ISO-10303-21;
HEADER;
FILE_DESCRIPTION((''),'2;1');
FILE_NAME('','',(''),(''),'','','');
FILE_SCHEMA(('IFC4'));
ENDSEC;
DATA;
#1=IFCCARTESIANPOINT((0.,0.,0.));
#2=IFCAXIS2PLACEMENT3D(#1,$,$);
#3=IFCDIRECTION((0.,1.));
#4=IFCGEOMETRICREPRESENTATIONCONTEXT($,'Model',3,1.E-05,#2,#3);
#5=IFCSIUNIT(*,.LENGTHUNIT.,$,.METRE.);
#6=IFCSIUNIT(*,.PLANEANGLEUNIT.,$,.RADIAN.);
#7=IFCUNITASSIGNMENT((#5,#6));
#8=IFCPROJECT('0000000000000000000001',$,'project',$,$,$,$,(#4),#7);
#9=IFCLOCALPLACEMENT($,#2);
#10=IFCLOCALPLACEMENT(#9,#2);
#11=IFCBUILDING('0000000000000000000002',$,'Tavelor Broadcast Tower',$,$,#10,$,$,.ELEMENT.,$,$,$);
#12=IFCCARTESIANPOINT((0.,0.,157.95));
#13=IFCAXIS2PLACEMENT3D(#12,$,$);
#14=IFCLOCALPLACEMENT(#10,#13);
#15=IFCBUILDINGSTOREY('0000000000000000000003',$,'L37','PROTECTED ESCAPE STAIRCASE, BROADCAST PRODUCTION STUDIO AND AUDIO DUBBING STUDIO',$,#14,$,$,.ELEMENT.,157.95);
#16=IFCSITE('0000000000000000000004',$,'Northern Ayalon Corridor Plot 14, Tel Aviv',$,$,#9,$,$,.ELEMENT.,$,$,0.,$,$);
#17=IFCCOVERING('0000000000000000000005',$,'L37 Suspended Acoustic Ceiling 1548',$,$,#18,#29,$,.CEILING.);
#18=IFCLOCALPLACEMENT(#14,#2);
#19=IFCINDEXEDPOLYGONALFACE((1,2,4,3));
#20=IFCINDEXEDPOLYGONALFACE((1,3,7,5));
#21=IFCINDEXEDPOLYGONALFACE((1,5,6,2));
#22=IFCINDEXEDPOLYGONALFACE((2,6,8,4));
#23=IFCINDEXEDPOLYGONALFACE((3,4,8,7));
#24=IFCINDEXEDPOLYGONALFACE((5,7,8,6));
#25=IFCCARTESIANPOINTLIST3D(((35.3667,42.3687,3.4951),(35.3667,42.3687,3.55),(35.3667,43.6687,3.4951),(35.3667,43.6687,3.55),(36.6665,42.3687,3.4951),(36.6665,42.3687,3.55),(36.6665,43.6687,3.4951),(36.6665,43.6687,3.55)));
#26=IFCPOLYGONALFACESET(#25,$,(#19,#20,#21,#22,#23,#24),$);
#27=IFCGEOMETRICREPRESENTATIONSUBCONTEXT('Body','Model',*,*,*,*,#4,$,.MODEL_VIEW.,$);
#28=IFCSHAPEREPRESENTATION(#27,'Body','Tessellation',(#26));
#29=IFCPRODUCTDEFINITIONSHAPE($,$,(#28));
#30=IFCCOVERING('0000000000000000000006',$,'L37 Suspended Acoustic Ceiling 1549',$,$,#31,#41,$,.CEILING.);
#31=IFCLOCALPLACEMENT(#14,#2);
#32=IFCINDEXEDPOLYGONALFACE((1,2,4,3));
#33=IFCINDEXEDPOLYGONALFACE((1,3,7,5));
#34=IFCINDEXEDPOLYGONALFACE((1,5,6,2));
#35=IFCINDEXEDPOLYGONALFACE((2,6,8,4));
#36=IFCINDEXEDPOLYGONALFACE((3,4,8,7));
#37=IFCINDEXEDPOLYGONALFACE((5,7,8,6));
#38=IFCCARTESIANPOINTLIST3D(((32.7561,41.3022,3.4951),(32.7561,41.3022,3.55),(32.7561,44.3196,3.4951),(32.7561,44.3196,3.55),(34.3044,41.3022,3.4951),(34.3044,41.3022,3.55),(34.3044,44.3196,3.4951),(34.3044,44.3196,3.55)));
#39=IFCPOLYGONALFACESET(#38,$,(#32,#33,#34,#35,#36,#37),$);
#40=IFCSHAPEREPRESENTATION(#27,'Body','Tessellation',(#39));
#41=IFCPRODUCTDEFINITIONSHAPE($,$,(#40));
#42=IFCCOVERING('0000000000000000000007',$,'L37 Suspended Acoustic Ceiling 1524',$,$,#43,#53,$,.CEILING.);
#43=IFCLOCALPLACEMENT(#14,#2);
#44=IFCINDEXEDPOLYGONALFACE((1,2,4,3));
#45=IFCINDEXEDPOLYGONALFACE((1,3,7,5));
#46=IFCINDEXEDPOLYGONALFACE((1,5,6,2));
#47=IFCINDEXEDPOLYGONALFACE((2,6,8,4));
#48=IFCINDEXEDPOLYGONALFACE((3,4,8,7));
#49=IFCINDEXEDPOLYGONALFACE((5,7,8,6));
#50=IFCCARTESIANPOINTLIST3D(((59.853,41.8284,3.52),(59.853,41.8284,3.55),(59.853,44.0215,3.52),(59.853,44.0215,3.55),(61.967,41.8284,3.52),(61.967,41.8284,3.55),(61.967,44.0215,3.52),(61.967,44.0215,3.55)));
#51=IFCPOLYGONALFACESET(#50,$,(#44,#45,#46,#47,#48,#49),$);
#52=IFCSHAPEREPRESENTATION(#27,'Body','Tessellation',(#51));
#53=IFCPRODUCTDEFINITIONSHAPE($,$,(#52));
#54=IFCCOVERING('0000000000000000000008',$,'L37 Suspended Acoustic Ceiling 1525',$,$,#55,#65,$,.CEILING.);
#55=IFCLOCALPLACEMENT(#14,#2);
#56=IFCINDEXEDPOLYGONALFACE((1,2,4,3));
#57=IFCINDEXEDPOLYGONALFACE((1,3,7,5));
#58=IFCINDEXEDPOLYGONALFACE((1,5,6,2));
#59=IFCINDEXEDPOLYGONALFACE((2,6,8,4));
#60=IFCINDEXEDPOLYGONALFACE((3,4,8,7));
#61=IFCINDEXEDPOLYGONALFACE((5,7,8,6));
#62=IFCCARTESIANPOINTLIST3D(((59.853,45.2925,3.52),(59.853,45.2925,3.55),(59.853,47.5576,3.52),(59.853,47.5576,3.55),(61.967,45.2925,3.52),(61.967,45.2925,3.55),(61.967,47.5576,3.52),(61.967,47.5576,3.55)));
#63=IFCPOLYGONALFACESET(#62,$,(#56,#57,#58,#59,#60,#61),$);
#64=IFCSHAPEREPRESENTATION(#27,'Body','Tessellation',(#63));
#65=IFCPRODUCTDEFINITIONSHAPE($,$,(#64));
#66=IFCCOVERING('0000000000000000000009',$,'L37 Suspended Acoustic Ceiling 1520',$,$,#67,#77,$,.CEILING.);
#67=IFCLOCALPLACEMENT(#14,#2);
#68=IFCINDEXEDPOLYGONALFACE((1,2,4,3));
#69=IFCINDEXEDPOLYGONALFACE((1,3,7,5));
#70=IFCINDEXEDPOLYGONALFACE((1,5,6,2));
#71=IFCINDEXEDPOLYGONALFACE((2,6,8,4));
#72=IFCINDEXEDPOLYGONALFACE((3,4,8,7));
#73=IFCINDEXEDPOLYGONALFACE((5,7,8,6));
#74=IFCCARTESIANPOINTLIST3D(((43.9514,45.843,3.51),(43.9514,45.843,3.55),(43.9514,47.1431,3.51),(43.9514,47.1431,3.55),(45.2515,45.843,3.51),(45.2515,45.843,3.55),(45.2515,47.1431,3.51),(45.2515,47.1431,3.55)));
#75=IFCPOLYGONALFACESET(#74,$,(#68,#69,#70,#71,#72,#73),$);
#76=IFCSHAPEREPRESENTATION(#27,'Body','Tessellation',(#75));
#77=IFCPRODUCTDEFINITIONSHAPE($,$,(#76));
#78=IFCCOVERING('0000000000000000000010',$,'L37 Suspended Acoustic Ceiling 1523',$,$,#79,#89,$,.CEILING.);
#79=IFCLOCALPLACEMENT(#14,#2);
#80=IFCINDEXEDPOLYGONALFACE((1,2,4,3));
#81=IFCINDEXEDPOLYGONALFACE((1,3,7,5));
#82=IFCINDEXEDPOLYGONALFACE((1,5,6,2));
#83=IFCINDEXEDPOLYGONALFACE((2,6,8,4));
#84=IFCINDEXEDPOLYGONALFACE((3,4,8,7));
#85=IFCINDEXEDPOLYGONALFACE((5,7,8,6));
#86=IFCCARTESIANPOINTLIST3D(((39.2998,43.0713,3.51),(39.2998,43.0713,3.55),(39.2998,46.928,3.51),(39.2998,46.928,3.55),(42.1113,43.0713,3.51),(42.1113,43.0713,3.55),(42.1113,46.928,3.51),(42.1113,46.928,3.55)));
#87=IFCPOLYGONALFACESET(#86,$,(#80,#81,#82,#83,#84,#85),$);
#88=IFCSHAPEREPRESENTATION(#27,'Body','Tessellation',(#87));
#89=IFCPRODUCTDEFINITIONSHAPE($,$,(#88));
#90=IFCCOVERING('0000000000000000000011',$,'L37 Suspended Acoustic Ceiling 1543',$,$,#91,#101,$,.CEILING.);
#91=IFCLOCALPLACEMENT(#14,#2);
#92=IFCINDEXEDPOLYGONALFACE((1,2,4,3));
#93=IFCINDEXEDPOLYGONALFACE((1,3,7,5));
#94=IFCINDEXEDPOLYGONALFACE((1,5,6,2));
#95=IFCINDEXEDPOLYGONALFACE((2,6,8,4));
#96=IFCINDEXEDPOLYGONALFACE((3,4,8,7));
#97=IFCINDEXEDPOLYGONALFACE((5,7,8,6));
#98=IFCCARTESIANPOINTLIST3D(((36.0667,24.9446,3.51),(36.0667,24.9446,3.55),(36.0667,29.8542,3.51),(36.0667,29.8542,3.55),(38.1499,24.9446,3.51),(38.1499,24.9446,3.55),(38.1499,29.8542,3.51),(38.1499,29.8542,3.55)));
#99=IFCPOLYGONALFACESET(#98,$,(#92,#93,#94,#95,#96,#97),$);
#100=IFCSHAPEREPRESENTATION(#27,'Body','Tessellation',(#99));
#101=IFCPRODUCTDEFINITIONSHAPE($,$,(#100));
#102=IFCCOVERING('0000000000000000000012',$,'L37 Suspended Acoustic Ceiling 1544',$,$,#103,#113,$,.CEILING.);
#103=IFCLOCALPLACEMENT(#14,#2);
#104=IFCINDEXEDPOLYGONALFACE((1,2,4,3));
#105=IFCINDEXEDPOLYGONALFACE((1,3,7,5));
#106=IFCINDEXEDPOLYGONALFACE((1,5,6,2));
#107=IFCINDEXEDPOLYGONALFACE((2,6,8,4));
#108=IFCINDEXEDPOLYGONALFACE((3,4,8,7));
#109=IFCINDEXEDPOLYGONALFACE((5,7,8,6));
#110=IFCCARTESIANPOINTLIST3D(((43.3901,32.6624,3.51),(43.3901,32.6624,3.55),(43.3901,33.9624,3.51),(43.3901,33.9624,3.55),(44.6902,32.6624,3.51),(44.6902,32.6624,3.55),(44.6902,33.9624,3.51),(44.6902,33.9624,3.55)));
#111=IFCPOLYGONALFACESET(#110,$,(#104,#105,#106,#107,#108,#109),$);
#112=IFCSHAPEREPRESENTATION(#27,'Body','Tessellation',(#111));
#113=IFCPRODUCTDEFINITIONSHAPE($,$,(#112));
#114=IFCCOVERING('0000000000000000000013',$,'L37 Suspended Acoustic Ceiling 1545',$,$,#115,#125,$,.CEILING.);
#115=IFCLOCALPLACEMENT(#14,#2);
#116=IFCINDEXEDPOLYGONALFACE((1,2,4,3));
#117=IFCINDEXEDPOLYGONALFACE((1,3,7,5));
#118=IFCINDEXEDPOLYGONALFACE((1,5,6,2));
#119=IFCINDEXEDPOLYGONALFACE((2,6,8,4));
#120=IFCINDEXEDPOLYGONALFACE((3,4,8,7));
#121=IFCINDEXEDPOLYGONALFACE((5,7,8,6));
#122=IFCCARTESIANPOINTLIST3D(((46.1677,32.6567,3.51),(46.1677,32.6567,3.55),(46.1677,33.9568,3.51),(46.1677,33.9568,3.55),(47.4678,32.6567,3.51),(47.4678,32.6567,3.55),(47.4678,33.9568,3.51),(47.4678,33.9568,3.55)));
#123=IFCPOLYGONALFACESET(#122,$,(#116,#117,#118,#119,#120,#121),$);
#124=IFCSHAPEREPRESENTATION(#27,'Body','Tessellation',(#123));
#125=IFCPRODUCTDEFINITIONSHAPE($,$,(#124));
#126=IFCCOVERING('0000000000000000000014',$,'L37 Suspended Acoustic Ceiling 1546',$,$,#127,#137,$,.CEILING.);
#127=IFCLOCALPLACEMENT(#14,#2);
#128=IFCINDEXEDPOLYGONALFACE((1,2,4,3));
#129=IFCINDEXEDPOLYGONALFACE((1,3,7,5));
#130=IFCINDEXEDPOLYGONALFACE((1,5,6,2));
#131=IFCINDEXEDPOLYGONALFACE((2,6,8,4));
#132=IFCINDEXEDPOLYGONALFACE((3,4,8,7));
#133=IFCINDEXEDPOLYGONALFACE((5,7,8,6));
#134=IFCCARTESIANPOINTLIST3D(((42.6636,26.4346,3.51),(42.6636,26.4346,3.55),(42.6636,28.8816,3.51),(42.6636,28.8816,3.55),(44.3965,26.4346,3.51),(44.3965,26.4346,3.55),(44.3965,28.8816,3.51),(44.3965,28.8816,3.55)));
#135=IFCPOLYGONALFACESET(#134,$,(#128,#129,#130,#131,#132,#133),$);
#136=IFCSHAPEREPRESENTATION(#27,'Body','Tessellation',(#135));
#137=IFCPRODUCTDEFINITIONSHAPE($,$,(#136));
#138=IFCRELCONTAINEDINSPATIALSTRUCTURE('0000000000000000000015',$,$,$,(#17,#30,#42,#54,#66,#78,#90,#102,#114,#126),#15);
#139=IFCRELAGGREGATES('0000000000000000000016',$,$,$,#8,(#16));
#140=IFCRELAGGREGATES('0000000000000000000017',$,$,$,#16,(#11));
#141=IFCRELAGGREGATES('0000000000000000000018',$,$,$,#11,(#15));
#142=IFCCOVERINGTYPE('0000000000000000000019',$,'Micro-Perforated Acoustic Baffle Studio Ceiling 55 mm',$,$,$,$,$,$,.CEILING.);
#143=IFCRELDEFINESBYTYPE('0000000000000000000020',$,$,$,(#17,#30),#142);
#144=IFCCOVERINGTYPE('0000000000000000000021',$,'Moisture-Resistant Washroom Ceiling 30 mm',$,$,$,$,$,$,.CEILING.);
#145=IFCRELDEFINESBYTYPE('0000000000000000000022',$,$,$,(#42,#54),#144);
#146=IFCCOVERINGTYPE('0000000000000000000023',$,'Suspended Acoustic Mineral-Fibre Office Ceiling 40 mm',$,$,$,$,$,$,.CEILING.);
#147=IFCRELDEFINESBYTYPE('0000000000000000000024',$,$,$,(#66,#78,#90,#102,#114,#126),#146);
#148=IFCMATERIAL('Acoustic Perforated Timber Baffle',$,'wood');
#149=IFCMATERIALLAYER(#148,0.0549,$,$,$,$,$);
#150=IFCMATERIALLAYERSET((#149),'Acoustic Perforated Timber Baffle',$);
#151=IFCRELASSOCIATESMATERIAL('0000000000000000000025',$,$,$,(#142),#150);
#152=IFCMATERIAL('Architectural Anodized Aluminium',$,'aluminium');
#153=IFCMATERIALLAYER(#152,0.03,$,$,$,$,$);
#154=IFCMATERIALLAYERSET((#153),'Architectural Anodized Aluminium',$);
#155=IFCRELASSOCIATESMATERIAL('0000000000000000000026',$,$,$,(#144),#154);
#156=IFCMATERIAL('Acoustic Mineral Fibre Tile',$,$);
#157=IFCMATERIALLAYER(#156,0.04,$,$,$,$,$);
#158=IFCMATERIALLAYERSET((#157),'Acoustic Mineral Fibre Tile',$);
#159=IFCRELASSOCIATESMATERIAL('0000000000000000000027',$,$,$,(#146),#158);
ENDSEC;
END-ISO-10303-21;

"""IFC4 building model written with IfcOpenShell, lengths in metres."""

from ifc_helpers import new_model, si_unit, direction, frame, origin, place, context, subcontext, project, spatial, polyline, outline, extrude, material, layer, layer_set, type_object, element, save


model = new_model("IFC4")

# Units and contexts
model_context = context("Model", 3, precision=1e-05, world=origin(), true_north=direction((0.0, 1.0)))
body_context = subcontext(model_context, "Body", "Model", "MODEL_VIEW")
ifc_project = project(units=[si_unit("LENGTHUNIT", "METRE"), si_unit("PLANEANGLEUNIT", "RADIAN")], contexts=[model_context])

# Site, building, storey
site_placement = place(None, origin())
site = spatial("IfcSite", under=ifc_project, at=site_placement, Name="Northern Ayalon Corridor Plot 14, Tel Aviv", CompositionType="ELEMENT", RefElevation=0.0)
building_placement = place(site_placement, origin())
building = spatial("IfcBuilding", under=site, at=building_placement, Name="Tavelor Broadcast Tower", CompositionType="ELEMENT")
storey_placement = place(building_placement, frame((0.0, 0.0, 157.95)))
storey = spatial("IfcBuildingStorey", under=building, at=storey_placement, Name="L37", Description="PROTECTED ESCAPE STAIRCASE, BROADCAST PRODUCTION STUDIO AND AUDIO DUBBING STUDIO", CompositionType="ELEMENT", Elevation=157.95)

# Coverings
ifc_material_1 = material(Name="Architectural Anodized Aluminium", Category="aluminium")
ifc_material_2 = material(Name="Acoustic Perforated Timber Baffle", Category="wood")
ifc_layer_1 = layer(ifc_material_2, 0.0549)
ifc_layer_set_1 = layer_set([ifc_layer_1], Name="Acoustic Perforated Timber Baffle")
covering_type_1 = type_object("IfcCoveringType", Name="Micro-Perforated Acoustic Baffle Studio Ceiling 55 mm", PredefinedType="CEILING", material=ifc_layer_set_1)
covering_1_placement = place(storey_placement, frame((0.0, 0.0, 3.4951)))
element("IfcCovering", 1, at=covering_1_placement, inside=storey, type_object=covering_type_1, Name="L37 Suspended Acoustic Ceiling 1548", PredefinedType="CEILING", context=body_context, shape_type="SweptSolid", body=[
    extrude(outline(polyline([(35.3667, 42.3687), (36.6665, 42.3687), (36.6665, 43.6687), (35.3667, 43.6687), (35.3667, 42.3687)])), origin(), (0.0, 0.0, 1.0), 0.0549),
])
covering_2_placement = place(storey_placement, frame((0.0, 0.0, 3.4951)))
element("IfcCovering", 2, at=covering_2_placement, inside=storey, type_object=covering_type_1, Name="L37 Suspended Acoustic Ceiling 1549", PredefinedType="CEILING", context=body_context, shape_type="SweptSolid", body=[
    extrude(outline(polyline([(32.7561, 41.3022), (34.3044, 41.3022), (34.3044, 44.3196), (32.7561, 44.3196), (32.7561, 41.3022)])), origin(), (0.0, 0.0, 1.0), 0.0549),
])
ifc_layer_2 = layer(ifc_material_1, 0.03)
ifc_layer_set_2 = layer_set([ifc_layer_2], Name="Architectural Anodized Aluminium")
covering_type_2 = type_object("IfcCoveringType", Name="Moisture-Resistant Washroom Ceiling 30 mm", PredefinedType="CEILING", material=ifc_layer_set_2)
covering_3_placement = place(storey_placement, frame((0.0, 0.0, 3.52)))
element("IfcCovering", 3, at=covering_3_placement, inside=storey, type_object=covering_type_2, Name="L37 Suspended Acoustic Ceiling 1524", PredefinedType="CEILING", context=body_context, shape_type="SweptSolid", body=[
    extrude(outline(polyline([(59.853, 41.8284), (61.967, 41.8284), (61.967, 44.0215), (59.853, 44.0215), (59.853, 41.8284)])), origin(), (0.0, 0.0, 1.0), 0.03),
])
covering_4_placement = place(storey_placement, frame((0.0, 0.0, 3.52)))
element("IfcCovering", 4, at=covering_4_placement, inside=storey, type_object=covering_type_2, Name="L37 Suspended Acoustic Ceiling 1525", PredefinedType="CEILING", context=body_context, shape_type="SweptSolid", body=[
    extrude(outline(polyline([(59.853, 45.2925), (61.967, 45.2925), (61.967, 47.5576), (59.853, 47.5576), (59.853, 45.2925)])), origin(), (0.0, 0.0, 1.0), 0.03),
])
ifc_material_3 = material(Name="Acoustic Mineral Fibre Tile")
ifc_layer_3 = layer(ifc_material_3, 0.04)
ifc_layer_set_3 = layer_set([ifc_layer_3], Name="Acoustic Mineral Fibre Tile")
covering_type_3 = type_object("IfcCoveringType", Name="Suspended Acoustic Mineral-Fibre Office Ceiling 40 mm", PredefinedType="CEILING", material=ifc_layer_set_3)
covering_5_placement = place(storey_placement, frame((0.0, 0.0, 3.51)))
element("IfcCovering", 5, at=covering_5_placement, inside=storey, type_object=covering_type_3, Name="L37 Suspended Acoustic Ceiling 1520", PredefinedType="CEILING", context=body_context, shape_type="SweptSolid", body=[
    extrude(outline(polyline([(43.9514, 45.843), (45.2515, 45.843), (45.2515, 47.1431), (43.9514, 47.1431), (43.9514, 45.843)])), origin(), (0.0, 0.0, 1.0), 0.04),
])
covering_6_placement = place(storey_placement, frame((0.0, 0.0, 3.51)))
element("IfcCovering", 6, at=covering_6_placement, inside=storey, type_object=covering_type_3, Name="L37 Suspended Acoustic Ceiling 1523", PredefinedType="CEILING", context=body_context, shape_type="SweptSolid", body=[
    extrude(outline(polyline([(39.2998, 43.0713), (42.1113, 43.0713), (42.1113, 46.928), (39.2998, 46.928), (39.2998, 43.0713)])), origin(), (0.0, 0.0, 1.0), 0.04),
])
covering_7_placement = place(storey_placement, frame((0.0, 0.0, 3.51)))
element("IfcCovering", 7, at=covering_7_placement, inside=storey, type_object=covering_type_3, Name="L37 Suspended Acoustic Ceiling 1543", PredefinedType="CEILING", context=body_context, shape_type="SweptSolid", body=[
    extrude(outline(polyline([(36.0667, 24.9446), (38.1499, 24.9446), (38.1499, 29.8542), (36.0667, 29.8542), (36.0667, 24.9446)])), origin(), (0.0, 0.0, 1.0), 0.04),
])
covering_8_placement = place(storey_placement, frame((0.0, 0.0, 3.51)))
element("IfcCovering", 8, at=covering_8_placement, inside=storey, type_object=covering_type_3, Name="L37 Suspended Acoustic Ceiling 1544", PredefinedType="CEILING", context=body_context, shape_type="SweptSolid", body=[
    extrude(outline(polyline([(43.3901, 32.6624), (44.6902, 32.6624), (44.6902, 33.9624), (43.3901, 33.9624), (43.3901, 32.6624)])), origin(), (0.0, 0.0, 1.0), 0.04),
])
covering_9_placement = place(storey_placement, frame((0.0, 0.0, 3.51)))
element("IfcCovering", 9, at=covering_9_placement, inside=storey, type_object=covering_type_3, Name="L37 Suspended Acoustic Ceiling 1545", PredefinedType="CEILING", context=body_context, shape_type="SweptSolid", body=[
    extrude(outline(polyline([(46.1677, 32.6567), (47.4678, 32.6567), (47.4678, 33.9568), (46.1677, 33.9568), (46.1677, 32.6567)])), origin(), (0.0, 0.0, 1.0), 0.04),
])
covering_10_placement = place(storey_placement, frame((0.0, 0.0, 3.51)))
element("IfcCovering", 10, at=covering_10_placement, inside=storey, type_object=covering_type_3, Name="L37 Suspended Acoustic Ceiling 1546", PredefinedType="CEILING", context=body_context, shape_type="SweptSolid", body=[
    extrude(outline(polyline([(42.6636, 26.4346), (44.3965, 26.4346), (44.3965, 28.8816), (42.6636, 28.8816), (42.6636, 26.4346)])), origin(), (0.0, 0.0, 1.0), 0.04),
])

save(model, "model.ifc")
